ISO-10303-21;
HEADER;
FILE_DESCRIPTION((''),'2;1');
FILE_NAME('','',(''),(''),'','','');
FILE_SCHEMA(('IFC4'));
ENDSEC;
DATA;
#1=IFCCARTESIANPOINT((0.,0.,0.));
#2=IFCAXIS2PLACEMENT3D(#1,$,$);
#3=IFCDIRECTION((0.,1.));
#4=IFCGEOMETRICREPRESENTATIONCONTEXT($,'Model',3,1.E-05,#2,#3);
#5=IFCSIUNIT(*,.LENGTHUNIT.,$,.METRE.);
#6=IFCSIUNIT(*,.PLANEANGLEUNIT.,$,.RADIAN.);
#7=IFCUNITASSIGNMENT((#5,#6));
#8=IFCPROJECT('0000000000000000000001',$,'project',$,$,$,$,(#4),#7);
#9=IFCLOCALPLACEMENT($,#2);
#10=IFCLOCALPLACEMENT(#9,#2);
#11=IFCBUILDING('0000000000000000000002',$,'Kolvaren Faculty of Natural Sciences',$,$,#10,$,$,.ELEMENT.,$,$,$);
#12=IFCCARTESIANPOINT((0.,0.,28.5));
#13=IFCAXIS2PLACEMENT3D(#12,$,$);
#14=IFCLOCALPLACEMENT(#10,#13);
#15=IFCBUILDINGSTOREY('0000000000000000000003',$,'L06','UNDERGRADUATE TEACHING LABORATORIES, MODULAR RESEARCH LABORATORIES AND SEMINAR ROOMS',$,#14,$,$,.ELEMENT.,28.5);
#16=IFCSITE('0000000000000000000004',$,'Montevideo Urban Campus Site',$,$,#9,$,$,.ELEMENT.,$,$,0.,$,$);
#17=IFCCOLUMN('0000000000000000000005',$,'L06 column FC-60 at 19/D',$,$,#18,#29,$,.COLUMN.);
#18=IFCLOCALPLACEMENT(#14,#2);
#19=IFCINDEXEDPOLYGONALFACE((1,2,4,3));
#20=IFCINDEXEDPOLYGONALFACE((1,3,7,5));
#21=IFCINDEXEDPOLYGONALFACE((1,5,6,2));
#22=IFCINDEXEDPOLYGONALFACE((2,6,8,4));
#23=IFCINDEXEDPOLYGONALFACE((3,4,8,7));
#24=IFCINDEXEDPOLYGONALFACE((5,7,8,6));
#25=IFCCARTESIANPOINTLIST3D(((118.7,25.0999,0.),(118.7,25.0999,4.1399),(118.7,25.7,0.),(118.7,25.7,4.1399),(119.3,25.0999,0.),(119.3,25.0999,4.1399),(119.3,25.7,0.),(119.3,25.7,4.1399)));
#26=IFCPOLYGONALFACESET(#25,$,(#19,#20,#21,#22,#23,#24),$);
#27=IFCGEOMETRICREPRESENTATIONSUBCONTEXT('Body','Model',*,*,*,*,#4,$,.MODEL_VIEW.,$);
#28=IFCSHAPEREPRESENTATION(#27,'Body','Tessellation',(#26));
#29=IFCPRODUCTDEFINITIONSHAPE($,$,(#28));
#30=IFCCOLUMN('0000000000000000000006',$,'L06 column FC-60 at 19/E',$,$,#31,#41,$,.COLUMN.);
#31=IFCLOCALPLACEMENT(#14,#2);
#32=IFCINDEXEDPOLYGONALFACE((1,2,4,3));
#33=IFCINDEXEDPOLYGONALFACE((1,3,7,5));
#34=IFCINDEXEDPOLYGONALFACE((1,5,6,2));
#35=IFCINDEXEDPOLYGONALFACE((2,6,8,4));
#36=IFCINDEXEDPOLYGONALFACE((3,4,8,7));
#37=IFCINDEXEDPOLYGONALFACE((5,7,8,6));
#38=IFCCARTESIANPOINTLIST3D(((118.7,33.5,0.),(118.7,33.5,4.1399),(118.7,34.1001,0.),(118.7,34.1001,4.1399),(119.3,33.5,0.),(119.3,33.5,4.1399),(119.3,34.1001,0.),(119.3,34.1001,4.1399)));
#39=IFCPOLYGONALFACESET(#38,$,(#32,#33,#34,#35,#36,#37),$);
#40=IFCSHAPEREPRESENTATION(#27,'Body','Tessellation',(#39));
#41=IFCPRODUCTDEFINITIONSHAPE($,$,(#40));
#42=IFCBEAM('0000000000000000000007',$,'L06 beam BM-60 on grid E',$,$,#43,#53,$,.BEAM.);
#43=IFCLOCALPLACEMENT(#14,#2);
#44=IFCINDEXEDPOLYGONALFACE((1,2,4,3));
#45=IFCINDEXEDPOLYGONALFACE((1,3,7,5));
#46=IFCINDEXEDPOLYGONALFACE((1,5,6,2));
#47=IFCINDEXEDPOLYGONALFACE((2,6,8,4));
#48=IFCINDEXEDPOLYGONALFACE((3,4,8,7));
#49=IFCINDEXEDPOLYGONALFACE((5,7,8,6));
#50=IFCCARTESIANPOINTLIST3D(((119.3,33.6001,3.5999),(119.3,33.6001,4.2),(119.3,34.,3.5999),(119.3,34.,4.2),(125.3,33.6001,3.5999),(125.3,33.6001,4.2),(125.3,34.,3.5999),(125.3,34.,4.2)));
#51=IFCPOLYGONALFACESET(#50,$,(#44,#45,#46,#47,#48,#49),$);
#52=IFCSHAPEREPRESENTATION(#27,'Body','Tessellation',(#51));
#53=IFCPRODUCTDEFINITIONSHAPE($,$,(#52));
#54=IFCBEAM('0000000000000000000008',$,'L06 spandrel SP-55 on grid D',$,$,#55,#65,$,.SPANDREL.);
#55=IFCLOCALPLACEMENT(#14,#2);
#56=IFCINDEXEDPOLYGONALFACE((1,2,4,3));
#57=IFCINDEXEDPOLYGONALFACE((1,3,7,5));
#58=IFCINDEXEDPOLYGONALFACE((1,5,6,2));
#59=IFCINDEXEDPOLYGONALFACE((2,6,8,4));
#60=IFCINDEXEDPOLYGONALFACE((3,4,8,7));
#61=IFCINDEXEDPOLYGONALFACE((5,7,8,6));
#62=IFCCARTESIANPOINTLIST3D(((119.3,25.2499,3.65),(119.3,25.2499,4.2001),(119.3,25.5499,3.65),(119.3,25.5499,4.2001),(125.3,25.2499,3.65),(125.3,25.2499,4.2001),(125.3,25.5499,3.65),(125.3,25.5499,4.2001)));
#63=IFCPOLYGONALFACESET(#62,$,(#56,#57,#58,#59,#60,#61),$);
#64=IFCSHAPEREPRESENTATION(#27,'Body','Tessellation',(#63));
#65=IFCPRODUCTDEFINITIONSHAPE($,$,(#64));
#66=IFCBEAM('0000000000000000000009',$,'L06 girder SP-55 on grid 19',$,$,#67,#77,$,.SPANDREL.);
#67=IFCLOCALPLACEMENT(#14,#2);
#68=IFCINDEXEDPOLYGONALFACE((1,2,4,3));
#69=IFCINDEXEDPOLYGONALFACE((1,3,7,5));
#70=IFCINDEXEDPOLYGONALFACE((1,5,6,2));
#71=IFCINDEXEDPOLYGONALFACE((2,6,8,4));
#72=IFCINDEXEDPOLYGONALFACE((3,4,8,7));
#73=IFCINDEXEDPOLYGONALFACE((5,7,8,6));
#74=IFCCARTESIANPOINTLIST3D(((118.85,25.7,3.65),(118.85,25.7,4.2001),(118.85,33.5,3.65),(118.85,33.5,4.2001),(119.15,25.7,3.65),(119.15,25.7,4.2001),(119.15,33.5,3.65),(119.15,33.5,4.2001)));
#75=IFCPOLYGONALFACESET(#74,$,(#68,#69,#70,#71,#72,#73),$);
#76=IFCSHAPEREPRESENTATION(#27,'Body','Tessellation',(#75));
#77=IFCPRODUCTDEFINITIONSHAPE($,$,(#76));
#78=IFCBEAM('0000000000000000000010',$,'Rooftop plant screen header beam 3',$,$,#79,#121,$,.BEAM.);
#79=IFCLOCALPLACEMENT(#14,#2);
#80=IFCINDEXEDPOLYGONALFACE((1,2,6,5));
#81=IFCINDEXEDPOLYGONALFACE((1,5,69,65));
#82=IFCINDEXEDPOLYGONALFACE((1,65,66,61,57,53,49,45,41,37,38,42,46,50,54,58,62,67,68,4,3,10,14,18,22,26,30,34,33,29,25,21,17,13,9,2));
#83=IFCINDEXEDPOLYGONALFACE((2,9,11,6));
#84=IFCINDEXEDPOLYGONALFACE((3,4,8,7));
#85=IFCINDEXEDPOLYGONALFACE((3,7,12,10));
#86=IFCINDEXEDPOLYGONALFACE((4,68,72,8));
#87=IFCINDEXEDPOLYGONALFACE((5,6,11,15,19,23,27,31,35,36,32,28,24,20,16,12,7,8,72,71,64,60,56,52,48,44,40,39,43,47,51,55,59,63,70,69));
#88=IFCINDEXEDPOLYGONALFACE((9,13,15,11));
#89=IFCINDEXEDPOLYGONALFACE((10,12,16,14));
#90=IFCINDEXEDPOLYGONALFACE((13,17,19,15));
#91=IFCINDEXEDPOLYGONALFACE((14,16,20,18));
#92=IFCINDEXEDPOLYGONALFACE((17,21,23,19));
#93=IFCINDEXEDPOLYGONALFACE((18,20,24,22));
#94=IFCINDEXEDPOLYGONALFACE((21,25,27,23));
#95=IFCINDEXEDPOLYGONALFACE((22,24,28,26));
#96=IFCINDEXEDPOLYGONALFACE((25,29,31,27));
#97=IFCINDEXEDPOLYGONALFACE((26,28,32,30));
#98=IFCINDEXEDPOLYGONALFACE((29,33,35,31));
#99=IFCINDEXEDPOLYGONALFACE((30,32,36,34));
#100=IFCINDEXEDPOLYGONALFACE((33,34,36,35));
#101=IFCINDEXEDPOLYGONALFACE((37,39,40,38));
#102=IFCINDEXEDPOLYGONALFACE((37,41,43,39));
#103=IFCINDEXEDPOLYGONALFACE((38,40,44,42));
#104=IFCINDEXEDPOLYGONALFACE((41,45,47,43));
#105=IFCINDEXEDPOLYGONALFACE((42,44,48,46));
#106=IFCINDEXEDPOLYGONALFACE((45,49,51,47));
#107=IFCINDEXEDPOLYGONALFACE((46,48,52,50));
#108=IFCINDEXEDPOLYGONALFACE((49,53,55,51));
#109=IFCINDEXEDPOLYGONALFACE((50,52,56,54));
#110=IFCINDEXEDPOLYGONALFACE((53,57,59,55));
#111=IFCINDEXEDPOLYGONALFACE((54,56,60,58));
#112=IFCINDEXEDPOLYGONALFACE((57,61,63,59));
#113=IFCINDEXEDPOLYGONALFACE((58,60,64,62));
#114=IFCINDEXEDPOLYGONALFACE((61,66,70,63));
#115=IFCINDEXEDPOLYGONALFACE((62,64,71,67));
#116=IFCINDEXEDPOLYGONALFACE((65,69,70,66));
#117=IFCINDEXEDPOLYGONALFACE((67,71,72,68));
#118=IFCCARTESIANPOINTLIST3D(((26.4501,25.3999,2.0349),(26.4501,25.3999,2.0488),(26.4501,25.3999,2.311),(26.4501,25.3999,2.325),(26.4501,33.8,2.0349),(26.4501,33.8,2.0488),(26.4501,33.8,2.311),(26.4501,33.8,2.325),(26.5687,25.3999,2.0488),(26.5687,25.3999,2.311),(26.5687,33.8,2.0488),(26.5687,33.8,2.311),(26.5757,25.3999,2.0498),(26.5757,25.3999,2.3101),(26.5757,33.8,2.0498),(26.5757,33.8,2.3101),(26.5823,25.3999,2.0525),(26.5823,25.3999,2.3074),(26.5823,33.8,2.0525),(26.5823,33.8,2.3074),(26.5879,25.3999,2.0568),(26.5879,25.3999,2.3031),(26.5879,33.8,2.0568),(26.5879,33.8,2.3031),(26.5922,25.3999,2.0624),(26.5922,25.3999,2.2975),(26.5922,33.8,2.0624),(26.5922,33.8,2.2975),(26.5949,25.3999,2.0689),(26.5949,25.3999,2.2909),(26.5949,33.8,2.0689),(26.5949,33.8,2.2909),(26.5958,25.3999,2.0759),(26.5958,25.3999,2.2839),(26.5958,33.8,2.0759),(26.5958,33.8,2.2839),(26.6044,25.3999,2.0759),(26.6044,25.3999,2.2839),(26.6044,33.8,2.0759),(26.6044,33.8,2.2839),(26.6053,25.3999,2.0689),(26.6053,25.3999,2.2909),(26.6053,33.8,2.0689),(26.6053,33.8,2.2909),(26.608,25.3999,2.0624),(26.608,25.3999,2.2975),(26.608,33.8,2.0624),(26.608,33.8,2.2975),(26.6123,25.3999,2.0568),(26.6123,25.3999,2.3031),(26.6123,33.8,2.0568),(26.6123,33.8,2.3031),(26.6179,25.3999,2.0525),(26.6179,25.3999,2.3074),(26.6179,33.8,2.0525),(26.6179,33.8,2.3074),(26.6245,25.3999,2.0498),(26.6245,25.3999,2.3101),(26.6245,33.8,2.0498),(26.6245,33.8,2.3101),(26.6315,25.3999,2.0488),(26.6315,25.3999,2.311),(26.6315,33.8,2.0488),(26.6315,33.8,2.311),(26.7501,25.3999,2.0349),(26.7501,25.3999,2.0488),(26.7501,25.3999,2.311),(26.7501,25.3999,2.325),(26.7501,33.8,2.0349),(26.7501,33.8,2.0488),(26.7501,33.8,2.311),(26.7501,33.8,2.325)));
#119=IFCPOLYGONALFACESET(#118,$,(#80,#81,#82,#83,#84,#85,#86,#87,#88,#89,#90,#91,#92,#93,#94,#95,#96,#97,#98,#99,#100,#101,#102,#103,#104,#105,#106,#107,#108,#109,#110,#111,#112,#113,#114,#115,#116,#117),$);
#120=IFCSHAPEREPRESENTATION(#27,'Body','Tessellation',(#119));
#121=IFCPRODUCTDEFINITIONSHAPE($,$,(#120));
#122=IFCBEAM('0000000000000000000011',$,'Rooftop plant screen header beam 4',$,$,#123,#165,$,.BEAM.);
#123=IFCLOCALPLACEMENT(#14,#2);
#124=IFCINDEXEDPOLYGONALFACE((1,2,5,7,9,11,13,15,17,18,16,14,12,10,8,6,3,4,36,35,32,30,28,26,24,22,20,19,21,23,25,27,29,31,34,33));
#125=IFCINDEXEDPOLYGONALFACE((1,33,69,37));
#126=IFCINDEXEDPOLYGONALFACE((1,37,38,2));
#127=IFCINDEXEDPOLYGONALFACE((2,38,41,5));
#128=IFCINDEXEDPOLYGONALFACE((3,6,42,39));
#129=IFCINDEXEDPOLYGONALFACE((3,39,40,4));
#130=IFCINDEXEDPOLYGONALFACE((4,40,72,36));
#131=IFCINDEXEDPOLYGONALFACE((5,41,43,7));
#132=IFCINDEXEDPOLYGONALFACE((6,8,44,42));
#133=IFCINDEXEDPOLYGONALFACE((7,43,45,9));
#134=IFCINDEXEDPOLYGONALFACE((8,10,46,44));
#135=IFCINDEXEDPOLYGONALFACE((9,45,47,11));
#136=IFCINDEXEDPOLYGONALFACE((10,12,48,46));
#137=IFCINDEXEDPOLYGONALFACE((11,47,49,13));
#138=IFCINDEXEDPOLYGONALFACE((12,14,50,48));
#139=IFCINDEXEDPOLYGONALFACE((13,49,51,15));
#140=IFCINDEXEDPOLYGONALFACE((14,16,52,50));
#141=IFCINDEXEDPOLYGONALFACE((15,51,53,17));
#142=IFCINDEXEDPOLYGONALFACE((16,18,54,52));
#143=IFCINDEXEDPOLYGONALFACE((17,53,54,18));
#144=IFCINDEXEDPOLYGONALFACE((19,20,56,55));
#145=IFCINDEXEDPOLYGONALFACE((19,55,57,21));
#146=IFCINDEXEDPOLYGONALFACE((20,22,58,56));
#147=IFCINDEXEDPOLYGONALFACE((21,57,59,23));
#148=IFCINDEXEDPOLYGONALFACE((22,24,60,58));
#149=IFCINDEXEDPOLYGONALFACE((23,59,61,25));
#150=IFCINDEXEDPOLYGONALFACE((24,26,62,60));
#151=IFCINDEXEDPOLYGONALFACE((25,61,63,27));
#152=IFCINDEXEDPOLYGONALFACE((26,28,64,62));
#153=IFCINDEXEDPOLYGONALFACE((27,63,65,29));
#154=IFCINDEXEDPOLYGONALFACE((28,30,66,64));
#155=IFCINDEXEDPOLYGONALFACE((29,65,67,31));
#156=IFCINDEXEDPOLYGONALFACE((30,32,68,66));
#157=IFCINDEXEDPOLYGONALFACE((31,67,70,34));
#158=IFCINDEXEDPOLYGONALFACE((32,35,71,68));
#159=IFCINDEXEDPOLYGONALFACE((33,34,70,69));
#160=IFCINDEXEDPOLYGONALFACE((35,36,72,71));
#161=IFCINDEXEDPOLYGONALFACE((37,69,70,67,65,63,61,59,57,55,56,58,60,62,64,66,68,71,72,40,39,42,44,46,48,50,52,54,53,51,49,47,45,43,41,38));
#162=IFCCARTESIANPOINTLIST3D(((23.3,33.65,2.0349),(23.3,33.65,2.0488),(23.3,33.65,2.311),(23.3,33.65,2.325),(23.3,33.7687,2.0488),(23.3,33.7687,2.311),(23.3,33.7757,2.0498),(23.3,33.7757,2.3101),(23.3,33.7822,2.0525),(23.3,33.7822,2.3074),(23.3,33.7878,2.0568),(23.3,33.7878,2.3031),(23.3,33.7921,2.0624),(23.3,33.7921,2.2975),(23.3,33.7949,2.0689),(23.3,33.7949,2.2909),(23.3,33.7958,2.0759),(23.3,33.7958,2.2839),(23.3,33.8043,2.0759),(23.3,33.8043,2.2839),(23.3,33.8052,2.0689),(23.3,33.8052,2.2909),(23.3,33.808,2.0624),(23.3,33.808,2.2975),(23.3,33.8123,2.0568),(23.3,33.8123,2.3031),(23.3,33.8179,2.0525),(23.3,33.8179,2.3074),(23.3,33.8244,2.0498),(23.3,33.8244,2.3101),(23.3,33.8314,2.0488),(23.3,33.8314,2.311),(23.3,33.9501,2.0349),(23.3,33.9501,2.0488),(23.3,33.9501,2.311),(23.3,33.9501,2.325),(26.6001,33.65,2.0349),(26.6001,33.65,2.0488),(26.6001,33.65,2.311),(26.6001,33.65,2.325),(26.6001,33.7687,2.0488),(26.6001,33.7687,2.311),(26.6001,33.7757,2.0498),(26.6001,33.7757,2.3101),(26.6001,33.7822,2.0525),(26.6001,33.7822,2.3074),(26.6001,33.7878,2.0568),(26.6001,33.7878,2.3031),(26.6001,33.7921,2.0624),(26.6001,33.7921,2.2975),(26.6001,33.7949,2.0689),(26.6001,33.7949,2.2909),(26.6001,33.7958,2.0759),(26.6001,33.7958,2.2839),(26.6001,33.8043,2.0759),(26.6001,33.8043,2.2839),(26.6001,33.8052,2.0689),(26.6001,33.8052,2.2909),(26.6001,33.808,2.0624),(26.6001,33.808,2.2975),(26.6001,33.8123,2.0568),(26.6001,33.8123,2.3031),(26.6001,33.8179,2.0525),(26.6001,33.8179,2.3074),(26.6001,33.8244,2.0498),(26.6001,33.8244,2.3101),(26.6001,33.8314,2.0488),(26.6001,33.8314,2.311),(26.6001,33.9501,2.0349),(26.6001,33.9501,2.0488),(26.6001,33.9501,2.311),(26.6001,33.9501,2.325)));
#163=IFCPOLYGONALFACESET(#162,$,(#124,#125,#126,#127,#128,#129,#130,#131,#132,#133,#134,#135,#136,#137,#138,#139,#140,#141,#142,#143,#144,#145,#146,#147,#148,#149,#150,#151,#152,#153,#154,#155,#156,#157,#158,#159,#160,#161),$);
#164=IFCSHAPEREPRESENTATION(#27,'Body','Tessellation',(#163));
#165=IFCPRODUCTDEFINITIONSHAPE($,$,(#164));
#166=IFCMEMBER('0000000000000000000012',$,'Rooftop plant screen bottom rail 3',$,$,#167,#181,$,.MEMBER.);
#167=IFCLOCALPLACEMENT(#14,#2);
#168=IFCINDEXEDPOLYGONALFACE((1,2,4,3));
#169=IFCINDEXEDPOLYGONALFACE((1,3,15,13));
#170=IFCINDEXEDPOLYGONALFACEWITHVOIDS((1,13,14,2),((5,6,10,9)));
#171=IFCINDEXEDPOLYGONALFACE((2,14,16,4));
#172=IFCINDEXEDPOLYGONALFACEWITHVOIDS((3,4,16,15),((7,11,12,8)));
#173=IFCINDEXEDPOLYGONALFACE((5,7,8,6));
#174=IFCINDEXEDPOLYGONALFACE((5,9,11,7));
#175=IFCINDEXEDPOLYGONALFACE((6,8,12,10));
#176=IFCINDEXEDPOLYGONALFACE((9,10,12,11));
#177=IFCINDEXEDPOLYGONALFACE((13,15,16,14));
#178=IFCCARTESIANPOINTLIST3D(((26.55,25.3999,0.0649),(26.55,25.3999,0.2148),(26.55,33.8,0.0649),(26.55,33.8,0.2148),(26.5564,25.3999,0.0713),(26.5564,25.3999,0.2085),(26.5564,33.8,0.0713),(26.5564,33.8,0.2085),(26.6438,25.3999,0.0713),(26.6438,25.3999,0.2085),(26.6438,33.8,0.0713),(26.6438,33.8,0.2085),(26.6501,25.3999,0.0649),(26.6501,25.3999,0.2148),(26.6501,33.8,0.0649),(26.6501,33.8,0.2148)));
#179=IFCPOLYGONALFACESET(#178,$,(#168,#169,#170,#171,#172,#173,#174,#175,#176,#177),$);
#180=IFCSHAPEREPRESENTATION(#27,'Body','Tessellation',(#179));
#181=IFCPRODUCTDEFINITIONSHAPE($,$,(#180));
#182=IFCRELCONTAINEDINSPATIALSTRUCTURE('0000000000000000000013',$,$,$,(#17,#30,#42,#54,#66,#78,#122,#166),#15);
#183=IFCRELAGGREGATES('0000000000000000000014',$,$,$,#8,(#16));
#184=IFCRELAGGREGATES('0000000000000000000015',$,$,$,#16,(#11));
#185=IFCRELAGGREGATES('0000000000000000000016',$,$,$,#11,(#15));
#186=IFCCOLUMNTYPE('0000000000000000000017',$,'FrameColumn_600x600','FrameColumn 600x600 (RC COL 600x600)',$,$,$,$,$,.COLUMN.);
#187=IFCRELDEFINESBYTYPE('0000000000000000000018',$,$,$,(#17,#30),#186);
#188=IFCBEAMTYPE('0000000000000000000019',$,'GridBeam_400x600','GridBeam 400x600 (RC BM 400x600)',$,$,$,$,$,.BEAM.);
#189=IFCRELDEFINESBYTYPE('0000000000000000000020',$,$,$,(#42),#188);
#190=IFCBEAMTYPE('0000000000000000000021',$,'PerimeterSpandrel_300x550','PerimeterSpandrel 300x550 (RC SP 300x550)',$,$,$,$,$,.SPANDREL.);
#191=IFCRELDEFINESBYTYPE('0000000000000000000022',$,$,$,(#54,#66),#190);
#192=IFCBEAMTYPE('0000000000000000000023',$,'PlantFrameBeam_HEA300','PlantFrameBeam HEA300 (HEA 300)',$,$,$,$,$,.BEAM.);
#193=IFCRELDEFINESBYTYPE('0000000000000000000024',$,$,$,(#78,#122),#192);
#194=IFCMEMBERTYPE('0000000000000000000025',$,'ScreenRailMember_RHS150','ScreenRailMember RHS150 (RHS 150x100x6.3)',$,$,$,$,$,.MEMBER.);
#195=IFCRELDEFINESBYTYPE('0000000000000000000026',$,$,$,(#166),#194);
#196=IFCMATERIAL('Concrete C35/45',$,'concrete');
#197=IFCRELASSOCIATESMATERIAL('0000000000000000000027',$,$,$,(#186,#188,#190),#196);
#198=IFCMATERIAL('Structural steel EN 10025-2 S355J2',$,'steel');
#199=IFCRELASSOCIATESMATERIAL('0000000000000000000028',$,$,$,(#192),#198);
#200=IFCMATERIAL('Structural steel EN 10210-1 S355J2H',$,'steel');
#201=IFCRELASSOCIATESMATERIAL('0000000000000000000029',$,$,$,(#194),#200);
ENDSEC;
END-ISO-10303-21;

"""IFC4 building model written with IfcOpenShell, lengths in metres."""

from ifc_helpers import new_model, si_unit, direction, frame, origin, origin_2d, place, context, subcontext, project, spatial, rectangle, hollow_rectangle, i_section, extrude, material, material_profile, profile_set, type_object, element, save


model = new_model("IFC4")

# Units and contexts
model_context = context("Model", 3, precision=1e-05, world=origin(), true_north=direction((0.0, 1.0)))
body_context = subcontext(model_context, "Body", "Model", "MODEL_VIEW")
ifc_project = project(units=[si_unit("LENGTHUNIT", "METRE"), si_unit("PLANEANGLEUNIT", "RADIAN")], contexts=[model_context])

# Site, building, storey
site_placement = place(None, origin())
site = spatial("IfcSite", under=ifc_project, at=site_placement, Name="Montevideo Urban Campus Site", CompositionType="ELEMENT", RefElevation=0.0)
building_placement = place(site_placement, origin())
building = spatial("IfcBuilding", under=site, at=building_placement, Name="Kolvaren Faculty of Natural Sciences", CompositionType="ELEMENT")
storey_placement = place(building_placement, frame((0.0, 0.0, 28.5)))
storey = spatial("IfcBuildingStorey", under=building, at=storey_placement, Name="L06", Description="UNDERGRADUATE TEACHING LABORATORIES, MODULAR RESEARCH LABORATORIES AND SEMINAR ROOMS", CompositionType="ELEMENT", Elevation=28.5)

# Columns
ifc_material_1 = material(Name="Concrete C35/45", Category="concrete")
ifc_material_profile_1 = material_profile(ifc_material_1, rectangle(XDim=0.6001, YDim=0.6001, at=origin_2d()), Name="RC COL 600x600")
ifc_profile_set_1 = profile_set([ifc_material_profile_1], Name="Concrete C35/45")
column_type = type_object("IfcColumnType", Name="FrameColumn_600x600", Description="FrameColumn 600x600 (RC COL 600x600)", PredefinedType="COLUMN", material=ifc_profile_set_1)
for number, where, z_axis, x_axis, name in (
    (1, (119.0, 25.3999, 0.0), (0.0, 0.0, 1.0), (1.0, 0.0, 0.0), "L06 column FC-60 at 19/D"),
    (2, (119.0, 33.8, 0.0), (0.0, 0.0, 1.0), (1.0, 0.0, 0.0), "L06 column FC-60 at 19/E"),
):
    element("IfcColumn", number, at=place(storey_placement, frame(where, z_axis=z_axis, x_axis=x_axis)), inside=storey, type_object=column_type, Name=name, PredefinedType="COLUMN", context=body_context, shape_type="SweptSolid", body=[
        extrude(rectangle(XDim=0.6001, YDim=0.6001, at=origin_2d()), origin(), (0.0, 0.0, 1.0), 4.1399),
    ])

# Beams
ifc_material_profile_2 = material_profile(ifc_material_1, rectangle(XDim=0.3999, YDim=0.6001, at=origin_2d()), Name="RC BM 400x600")
ifc_profile_set_2 = profile_set([ifc_material_profile_2], Name="Concrete C35/45")
beam_type_1 = type_object("IfcBeamType", Name="GridBeam_400x600", Description="GridBeam 400x600 (RC BM 400x600)", PredefinedType="BEAM", material=ifc_profile_set_2)
beam_1_placement = place(storey_placement, frame((119.3, 33.8, 3.8999), z_axis=(1.0, 0.0, 0.0), x_axis=(0.0, 1.0, 0.0)))
element("IfcBeam", 3, at=beam_1_placement, inside=storey, type_object=beam_type_1, Name="L06 beam BM-60 on grid E", PredefinedType="BEAM", context=body_context, shape_type="SweptSolid", body=[
    extrude(rectangle(XDim=0.3999, YDim=0.6001, at=origin_2d()), origin(), (0.0, 0.0, 1.0), 6.0),
])
ifc_material_profile_3 = material_profile(ifc_material_1, rectangle(XDim=0.3, YDim=0.55, at=origin_2d()), Name="RC SP 300x550")
ifc_profile_set_3 = profile_set([ifc_material_profile_3], Name="Concrete C35/45")
beam_type_2 = type_object("IfcBeamType", Name="PerimeterSpandrel_300x550", Description="PerimeterSpandrel 300x550 (RC SP 300x550)", PredefinedType="SPANDREL", material=ifc_profile_set_3)
beam_2_placement = place(storey_placement, frame((119.3, 25.3999, 3.925), z_axis=(1.0, 0.0, 0.0), x_axis=(0.0, 1.0, 0.0)))
element("IfcBeam", 4, at=beam_2_placement, inside=storey, type_object=beam_type_2, Name="L06 spandrel SP-55 on grid D", PredefinedType="SPANDREL", context=body_context, shape_type="SweptSolid", body=[
    extrude(rectangle(XDim=0.3, YDim=0.55, at=origin_2d()), origin(), (0.0, 0.0, 1.0), 6.0),
])
beam_3_placement = place(storey_placement, frame((119.0, 25.7, 3.925), z_axis=(0.0, 1.0, 0.0), x_axis=(-1.0, 0.0, 0.0)))
element("IfcBeam", 5, at=beam_3_placement, inside=storey, type_object=beam_type_2, Name="L06 girder SP-55 on grid 19", PredefinedType="SPANDREL", context=body_context, shape_type="SweptSolid", body=[
    extrude(rectangle(XDim=0.3, YDim=0.55, at=origin_2d()), origin(), (0.0, 0.0, 1.0), 7.8),
])
ifc_material_2 = material(Name="Structural steel EN 10025-2 S355J2", Category="steel")
ifc_material_profile_4 = material_profile(ifc_material_2, i_section(OverallWidth=0.3, OverallDepth=0.29, WebThickness=0.0085, FlangeThickness=0.0139, FilletRadius=0.0271, at=origin_2d()), Name="HEA 300")
ifc_profile_set_4 = profile_set([ifc_material_profile_4], Name="Structural steel EN 10025-2 S355J2")
beam_type_3 = type_object("IfcBeamType", Name="PlantFrameBeam_HEA300", Description="PlantFrameBeam HEA300 (HEA 300)", PredefinedType="BEAM", material=ifc_profile_set_4)
beam_4_placement = place(storey_placement, frame((26.6001, 25.3999, 2.1799), z_axis=(0.0, 1.0, 0.0), x_axis=(-1.0, 0.0, 0.0)))
element("IfcBeam", 6, at=beam_4_placement, inside=storey, type_object=beam_type_3, Name="Rooftop plant screen header beam 3", PredefinedType="BEAM", context=body_context, shape_type="SweptSolid", body=[
    extrude(i_section(OverallWidth=0.3, OverallDepth=0.29, WebThickness=0.0085, FlangeThickness=0.0139, FilletRadius=0.0271, at=origin_2d()), origin(), (0.0, 0.0, 1.0), 8.4001),
])
beam_5_placement = place(storey_placement, frame((26.6001, 33.8, 2.1799), z_axis=(-1.0, 0.0, 0.0), x_axis=(0.0, -1.0, 0.0)))
element("IfcBeam", 7, at=beam_5_placement, inside=storey, type_object=beam_type_3, Name="Rooftop plant screen header beam 4", PredefinedType="BEAM", context=body_context, shape_type="SweptSolid", body=[
    extrude(i_section(OverallWidth=0.3, OverallDepth=0.29, WebThickness=0.0085, FlangeThickness=0.0139, FilletRadius=0.0271, at=origin_2d()), origin(), (0.0, 0.0, 1.0), 3.3),
])

# Member
ifc_material_3 = material(Name="Structural steel EN 10210-1 S355J2H", Category="steel")
ifc_material_profile_5 = material_profile(ifc_material_3, hollow_rectangle(XDim=0.1001, YDim=0.1499, WallThickness=0.0063, at=origin_2d()), Name="RHS 150x100x6.3")
ifc_profile_set_5 = profile_set([ifc_material_profile_5], Name="Structural steel EN 10210-1 S355J2H")
member_type = type_object("IfcMemberType", Name="ScreenRailMember_RHS150", Description="ScreenRailMember RHS150 (RHS 150x100x6.3)", PredefinedType="MEMBER", material=ifc_profile_set_5)
member_1_placement = place(storey_placement, frame((26.6001, 25.3999, 0.1399), z_axis=(0.0, 1.0, 0.0), x_axis=(-1.0, 0.0, 0.0)))
element("IfcMember", 8, at=member_1_placement, inside=storey, type_object=member_type, Name="Rooftop plant screen bottom rail 3", PredefinedType="MEMBER", context=body_context, shape_type="SweptSolid", body=[
    extrude(hollow_rectangle(XDim=0.1001, YDim=0.1499, WallThickness=0.0063, at=origin_2d()), origin(), (0.0, 0.0, 1.0), 8.4001),
])

save(model, "model.ifc")
